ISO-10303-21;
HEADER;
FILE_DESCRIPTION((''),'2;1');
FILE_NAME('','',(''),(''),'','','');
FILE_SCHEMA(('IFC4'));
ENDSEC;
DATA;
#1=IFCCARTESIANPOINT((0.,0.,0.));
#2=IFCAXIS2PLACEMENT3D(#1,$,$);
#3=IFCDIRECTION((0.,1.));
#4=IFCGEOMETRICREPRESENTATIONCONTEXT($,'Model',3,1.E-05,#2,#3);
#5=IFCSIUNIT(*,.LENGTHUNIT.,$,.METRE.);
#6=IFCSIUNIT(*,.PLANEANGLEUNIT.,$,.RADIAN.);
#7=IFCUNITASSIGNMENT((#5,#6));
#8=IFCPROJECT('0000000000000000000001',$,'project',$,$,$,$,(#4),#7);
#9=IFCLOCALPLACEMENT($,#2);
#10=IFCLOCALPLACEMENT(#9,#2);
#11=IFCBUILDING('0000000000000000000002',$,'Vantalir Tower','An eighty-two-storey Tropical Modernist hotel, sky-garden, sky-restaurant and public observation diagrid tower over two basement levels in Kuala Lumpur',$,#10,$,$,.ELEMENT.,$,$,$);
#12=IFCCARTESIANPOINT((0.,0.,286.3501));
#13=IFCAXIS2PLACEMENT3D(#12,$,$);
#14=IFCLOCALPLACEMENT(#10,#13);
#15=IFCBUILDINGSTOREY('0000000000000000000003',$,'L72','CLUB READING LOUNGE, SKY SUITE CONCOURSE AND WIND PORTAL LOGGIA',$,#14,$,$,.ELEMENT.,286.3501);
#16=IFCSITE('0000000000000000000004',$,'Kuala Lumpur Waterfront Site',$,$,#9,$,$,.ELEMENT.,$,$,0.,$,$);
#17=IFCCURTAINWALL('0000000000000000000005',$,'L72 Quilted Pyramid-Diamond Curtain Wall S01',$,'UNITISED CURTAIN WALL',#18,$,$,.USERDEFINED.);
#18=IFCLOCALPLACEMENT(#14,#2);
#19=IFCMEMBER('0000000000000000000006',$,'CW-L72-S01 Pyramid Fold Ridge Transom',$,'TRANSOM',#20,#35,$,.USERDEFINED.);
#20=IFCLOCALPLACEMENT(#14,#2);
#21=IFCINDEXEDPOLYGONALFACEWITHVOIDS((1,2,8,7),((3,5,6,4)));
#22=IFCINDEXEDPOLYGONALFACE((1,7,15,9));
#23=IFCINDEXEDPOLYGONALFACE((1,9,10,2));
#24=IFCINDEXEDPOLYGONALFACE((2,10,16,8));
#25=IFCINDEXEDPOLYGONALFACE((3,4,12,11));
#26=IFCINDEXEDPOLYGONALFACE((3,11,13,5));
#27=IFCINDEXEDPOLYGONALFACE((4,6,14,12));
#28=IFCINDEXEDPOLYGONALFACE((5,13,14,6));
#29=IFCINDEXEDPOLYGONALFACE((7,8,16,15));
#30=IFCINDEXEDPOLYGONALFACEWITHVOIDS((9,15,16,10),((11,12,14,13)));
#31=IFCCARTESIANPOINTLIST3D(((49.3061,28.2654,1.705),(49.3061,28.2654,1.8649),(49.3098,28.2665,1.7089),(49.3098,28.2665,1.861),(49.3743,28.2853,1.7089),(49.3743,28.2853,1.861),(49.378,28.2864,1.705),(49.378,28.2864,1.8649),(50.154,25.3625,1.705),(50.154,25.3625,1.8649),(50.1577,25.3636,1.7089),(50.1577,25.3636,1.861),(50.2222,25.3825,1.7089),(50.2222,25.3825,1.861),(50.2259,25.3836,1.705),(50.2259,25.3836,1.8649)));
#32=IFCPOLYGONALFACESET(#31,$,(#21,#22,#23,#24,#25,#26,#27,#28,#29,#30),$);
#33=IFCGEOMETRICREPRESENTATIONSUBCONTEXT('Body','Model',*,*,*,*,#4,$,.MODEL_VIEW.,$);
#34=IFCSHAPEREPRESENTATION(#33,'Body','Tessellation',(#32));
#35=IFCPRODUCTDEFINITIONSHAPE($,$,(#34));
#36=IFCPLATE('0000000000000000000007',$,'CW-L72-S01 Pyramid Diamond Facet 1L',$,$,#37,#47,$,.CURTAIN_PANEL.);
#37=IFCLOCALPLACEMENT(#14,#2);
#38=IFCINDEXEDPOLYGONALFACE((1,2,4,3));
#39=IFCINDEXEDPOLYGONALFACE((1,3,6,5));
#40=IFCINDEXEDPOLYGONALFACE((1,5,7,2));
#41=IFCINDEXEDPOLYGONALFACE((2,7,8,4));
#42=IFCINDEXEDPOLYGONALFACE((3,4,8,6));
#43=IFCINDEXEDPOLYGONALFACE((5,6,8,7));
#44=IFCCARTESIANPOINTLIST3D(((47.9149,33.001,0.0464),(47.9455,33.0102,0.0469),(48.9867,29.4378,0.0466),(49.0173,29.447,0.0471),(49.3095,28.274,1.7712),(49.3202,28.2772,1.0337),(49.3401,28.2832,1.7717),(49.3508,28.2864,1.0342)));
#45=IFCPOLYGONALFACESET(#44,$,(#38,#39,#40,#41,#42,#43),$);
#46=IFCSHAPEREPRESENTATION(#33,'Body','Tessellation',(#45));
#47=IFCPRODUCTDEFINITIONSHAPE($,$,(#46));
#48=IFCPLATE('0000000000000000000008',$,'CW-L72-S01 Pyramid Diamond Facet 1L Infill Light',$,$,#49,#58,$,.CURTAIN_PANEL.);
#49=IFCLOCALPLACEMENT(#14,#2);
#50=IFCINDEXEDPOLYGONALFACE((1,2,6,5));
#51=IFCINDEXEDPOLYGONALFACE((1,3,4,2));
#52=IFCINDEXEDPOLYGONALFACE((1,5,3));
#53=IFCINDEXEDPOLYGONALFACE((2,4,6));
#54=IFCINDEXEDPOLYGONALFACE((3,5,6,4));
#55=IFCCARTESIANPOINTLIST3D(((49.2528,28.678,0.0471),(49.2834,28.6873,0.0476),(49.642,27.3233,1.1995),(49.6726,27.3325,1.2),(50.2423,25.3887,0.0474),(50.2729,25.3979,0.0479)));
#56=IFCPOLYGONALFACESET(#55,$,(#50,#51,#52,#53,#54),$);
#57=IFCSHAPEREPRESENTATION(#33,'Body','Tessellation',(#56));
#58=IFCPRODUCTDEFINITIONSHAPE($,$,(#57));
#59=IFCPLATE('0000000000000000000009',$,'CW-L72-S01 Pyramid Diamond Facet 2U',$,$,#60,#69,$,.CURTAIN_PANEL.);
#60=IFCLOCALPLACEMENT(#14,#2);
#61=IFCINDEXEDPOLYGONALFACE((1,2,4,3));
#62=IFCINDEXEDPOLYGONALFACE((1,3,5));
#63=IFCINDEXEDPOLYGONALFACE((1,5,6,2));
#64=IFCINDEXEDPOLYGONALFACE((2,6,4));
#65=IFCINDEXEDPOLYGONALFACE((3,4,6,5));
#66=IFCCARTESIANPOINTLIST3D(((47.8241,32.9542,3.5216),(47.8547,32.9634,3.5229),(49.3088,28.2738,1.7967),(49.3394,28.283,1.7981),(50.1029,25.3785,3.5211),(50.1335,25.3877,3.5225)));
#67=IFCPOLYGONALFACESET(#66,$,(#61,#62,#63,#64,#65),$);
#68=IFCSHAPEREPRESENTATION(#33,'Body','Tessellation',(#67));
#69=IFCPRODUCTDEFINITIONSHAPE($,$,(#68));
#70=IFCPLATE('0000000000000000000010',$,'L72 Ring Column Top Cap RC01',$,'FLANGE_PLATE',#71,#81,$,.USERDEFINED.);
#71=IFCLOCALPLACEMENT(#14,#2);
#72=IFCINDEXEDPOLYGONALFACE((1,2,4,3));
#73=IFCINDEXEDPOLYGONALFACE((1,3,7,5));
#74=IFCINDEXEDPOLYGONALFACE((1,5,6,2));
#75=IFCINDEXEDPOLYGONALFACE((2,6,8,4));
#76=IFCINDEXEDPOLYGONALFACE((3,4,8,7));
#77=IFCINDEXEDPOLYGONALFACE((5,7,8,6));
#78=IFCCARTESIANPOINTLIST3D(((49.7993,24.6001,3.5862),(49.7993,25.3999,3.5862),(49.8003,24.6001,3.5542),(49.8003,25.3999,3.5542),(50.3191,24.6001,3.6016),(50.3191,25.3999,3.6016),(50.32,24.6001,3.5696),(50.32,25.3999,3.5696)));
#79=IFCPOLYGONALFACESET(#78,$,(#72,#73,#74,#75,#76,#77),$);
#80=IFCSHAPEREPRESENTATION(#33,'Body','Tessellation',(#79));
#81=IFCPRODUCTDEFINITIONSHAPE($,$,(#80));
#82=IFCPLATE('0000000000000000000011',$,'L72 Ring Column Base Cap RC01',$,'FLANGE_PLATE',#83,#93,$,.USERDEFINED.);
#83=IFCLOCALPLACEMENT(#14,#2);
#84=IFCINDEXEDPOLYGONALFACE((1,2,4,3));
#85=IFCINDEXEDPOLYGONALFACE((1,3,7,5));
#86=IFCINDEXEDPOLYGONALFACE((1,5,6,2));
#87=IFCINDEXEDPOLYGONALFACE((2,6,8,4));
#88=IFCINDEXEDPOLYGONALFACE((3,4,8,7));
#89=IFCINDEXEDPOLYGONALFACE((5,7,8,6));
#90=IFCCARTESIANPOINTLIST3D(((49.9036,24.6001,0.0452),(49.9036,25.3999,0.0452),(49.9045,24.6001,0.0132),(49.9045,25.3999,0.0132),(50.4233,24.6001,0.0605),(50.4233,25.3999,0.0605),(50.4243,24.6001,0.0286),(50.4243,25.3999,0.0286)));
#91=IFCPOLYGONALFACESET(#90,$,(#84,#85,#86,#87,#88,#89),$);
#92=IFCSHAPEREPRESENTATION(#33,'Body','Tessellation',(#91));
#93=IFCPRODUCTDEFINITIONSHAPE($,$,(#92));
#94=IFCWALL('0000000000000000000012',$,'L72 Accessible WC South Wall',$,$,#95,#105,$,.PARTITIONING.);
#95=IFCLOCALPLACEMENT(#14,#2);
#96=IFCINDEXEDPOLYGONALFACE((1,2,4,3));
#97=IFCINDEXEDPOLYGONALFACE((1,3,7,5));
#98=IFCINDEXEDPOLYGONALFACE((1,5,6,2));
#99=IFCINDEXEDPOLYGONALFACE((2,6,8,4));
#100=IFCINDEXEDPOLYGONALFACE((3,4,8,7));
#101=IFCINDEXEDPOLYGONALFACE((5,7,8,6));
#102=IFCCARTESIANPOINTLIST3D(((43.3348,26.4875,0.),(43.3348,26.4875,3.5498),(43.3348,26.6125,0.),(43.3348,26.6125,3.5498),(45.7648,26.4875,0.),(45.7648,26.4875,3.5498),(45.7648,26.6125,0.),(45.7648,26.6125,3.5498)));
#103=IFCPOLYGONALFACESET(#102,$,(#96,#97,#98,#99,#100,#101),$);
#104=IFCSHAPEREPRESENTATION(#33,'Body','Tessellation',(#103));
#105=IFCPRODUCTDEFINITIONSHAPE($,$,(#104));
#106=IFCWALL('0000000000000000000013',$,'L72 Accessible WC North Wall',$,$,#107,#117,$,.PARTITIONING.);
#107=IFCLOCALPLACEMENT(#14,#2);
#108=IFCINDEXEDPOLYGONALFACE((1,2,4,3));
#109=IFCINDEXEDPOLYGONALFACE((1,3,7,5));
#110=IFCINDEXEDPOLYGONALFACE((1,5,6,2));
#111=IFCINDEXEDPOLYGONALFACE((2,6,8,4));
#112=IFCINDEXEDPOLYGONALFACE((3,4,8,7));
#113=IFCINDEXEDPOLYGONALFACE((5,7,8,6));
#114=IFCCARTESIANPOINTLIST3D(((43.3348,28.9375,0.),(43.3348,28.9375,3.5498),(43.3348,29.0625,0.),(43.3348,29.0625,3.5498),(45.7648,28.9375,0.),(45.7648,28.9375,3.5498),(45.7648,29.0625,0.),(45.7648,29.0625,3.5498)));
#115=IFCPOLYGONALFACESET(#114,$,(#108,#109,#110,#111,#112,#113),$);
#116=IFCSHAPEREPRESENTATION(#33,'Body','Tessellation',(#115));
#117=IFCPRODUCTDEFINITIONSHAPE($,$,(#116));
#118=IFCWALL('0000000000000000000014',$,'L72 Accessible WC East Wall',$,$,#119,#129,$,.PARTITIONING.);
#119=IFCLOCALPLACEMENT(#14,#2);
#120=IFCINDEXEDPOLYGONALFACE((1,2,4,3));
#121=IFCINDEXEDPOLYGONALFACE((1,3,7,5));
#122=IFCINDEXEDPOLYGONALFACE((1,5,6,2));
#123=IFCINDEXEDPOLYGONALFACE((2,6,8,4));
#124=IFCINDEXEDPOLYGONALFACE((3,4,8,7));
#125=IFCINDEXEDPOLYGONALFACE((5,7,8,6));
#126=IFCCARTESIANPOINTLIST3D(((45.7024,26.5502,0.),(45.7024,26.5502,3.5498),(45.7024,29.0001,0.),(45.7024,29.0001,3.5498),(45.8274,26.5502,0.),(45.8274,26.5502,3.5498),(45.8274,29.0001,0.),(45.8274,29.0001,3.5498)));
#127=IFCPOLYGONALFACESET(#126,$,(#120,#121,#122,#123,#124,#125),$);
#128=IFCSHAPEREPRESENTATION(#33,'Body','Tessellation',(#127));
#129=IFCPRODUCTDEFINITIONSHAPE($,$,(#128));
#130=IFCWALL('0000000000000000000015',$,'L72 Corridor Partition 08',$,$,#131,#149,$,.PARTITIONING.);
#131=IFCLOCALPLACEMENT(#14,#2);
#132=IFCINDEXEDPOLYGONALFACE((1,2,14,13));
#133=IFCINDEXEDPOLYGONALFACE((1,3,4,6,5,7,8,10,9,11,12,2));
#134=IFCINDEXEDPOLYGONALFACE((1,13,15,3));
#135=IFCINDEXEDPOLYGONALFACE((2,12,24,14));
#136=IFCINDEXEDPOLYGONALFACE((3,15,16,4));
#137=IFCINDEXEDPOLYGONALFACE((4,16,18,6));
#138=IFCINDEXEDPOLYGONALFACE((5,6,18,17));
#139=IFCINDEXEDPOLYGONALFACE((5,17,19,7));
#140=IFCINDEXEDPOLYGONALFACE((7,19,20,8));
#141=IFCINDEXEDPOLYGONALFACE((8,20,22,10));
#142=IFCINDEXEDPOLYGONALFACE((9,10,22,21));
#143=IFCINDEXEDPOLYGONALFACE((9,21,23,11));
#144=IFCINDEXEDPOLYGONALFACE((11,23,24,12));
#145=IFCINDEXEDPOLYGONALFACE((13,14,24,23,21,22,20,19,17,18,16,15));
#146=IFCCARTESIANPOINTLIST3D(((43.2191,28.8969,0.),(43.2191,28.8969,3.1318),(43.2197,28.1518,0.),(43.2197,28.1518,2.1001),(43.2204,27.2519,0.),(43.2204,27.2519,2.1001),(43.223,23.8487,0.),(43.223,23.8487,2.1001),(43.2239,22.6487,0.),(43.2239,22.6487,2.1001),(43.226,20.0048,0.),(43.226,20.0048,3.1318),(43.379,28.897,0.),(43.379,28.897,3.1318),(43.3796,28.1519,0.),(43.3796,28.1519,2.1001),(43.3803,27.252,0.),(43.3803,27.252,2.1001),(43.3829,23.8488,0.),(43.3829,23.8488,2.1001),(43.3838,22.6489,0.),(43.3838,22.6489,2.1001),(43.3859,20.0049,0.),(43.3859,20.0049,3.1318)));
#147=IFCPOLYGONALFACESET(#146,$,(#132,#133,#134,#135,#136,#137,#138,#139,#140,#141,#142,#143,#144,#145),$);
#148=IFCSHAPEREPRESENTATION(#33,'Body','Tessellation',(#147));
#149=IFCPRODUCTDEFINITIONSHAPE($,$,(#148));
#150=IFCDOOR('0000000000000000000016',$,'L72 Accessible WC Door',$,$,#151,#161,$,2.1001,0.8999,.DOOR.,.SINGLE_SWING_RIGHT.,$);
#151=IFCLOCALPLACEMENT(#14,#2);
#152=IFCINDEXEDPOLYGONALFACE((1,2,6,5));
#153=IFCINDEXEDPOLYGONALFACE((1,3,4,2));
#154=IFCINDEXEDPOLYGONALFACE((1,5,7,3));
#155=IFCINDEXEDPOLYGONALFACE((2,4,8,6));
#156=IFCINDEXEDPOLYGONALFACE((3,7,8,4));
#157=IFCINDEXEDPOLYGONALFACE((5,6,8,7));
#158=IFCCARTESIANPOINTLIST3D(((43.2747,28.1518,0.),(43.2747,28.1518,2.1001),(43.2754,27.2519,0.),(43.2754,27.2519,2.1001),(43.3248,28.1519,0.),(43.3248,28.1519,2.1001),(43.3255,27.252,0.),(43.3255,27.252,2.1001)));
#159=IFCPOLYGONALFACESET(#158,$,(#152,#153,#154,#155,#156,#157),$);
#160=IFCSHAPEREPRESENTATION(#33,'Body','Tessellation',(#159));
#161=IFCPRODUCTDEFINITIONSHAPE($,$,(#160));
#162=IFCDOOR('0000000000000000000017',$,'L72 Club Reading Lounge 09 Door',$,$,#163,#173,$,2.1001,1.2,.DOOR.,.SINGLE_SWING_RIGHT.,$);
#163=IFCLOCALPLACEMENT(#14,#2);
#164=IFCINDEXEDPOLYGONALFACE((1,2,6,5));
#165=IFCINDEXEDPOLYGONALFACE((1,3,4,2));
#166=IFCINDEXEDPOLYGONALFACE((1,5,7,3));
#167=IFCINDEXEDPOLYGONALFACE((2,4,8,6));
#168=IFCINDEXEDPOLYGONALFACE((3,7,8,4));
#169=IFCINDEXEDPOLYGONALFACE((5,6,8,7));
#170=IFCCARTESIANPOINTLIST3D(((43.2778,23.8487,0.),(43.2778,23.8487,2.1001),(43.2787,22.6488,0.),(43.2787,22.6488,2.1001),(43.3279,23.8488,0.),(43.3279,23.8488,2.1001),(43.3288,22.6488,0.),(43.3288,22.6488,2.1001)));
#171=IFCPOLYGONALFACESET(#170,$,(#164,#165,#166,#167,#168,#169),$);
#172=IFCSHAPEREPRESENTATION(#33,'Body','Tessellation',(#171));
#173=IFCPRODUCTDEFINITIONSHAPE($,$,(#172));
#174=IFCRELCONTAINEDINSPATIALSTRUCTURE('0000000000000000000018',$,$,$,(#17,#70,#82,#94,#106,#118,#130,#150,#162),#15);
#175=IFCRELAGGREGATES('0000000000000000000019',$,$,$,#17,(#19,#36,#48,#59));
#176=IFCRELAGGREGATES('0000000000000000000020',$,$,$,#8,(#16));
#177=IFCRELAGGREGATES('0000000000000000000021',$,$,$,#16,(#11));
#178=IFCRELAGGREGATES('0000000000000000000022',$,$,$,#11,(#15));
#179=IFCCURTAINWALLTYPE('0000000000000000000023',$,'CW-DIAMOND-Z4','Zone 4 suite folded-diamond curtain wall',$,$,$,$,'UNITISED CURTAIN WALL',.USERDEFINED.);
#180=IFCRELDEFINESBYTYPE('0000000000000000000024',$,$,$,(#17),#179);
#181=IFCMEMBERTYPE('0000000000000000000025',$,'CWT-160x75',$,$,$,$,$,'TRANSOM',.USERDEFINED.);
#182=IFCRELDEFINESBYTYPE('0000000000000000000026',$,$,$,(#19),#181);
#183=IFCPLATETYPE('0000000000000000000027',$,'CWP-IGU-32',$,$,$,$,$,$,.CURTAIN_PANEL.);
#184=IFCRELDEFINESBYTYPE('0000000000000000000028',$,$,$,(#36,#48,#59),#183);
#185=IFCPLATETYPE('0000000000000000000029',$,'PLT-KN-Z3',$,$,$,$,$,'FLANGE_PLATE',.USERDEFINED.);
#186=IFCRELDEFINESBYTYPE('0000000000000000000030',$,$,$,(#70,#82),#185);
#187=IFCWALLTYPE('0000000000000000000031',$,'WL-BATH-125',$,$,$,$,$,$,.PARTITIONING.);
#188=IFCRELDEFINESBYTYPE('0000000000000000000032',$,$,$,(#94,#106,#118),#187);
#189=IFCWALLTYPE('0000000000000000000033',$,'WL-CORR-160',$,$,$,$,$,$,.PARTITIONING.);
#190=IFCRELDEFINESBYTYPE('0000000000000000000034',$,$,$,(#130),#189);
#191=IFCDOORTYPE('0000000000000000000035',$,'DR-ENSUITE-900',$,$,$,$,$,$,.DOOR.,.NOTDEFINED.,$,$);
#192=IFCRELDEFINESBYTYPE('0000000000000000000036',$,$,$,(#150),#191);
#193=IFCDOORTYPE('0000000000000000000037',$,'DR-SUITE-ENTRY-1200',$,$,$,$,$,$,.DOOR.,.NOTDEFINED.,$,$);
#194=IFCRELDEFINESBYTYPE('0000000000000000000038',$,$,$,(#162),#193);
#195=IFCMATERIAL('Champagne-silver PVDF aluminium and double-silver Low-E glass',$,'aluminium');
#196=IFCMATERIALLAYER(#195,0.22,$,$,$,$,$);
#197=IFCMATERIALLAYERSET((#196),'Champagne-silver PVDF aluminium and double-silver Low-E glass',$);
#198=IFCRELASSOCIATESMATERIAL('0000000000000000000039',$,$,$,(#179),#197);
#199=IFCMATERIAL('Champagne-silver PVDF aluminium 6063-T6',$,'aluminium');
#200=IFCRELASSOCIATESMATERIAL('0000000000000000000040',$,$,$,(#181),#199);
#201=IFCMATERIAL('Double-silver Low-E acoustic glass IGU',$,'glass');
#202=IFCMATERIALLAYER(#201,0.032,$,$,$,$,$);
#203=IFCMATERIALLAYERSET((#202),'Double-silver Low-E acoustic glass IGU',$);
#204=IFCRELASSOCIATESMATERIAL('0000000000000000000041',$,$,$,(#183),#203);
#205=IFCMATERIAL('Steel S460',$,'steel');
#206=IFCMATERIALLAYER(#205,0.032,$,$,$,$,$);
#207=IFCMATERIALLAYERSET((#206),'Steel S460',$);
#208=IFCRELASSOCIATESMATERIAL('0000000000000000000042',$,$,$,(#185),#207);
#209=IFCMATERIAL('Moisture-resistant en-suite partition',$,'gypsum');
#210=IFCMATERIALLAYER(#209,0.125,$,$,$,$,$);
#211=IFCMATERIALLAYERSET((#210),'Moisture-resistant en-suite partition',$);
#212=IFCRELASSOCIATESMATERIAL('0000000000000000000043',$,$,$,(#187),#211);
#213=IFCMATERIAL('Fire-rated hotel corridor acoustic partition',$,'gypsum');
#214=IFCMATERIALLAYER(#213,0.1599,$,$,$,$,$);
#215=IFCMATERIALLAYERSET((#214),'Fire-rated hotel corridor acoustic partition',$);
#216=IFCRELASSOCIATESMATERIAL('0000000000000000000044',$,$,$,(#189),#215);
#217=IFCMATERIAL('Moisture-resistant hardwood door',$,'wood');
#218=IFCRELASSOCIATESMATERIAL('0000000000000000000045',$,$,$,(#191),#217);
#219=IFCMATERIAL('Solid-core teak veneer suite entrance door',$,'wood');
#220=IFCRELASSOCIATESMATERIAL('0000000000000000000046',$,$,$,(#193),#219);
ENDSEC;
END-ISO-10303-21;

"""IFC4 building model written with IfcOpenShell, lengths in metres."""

from ifc_helpers import new_model, si_unit, direction, frame, frame_2d, origin, origin_2d, place, context, subcontext, project, spatial, polyline, rectangle, hollow_rectangle, outline, extrude, material, layer, layer_set, material_profile, profile_set, type_object, element, fill, aggregate, save


model = new_model("IFC4")

# Units and contexts
model_context = context("Model", 3, precision=1e-05, world=origin(), true_north=direction((0.0, 1.0)))
body_context = subcontext(model_context, "Body", "Model", "MODEL_VIEW")
ifc_project = project(units=[si_unit("LENGTHUNIT", "METRE"), si_unit("PLANEANGLEUNIT", "RADIAN")], contexts=[model_context])

# Site, building, storey
site_placement = place(None, origin())
site = spatial("IfcSite", under=ifc_project, at=site_placement, Name="Kuala Lumpur Waterfront Site", CompositionType="ELEMENT", RefElevation=0.0)
building_placement = place(site_placement, origin())
building = spatial("IfcBuilding", under=site, at=building_placement, Name="Vantalir Tower", Description="An eighty-two-storey Tropical Modernist hotel, sky-garden, sky-restaurant and public observation diagrid tower over two basement levels in Kuala Lumpur", CompositionType="ELEMENT")
storey_placement = place(building_placement, frame((0.0, 0.0, 286.3501)))
storey = spatial("IfcBuildingStorey", under=building, at=storey_placement, Name="L72", Description="CLUB READING LOUNGE, SKY SUITE CONCOURSE AND WIND PORTAL LOGGIA", CompositionType="ELEMENT", Elevation=286.3501)

# Shared definitions
ifc_material_1 = material(Name="Steel S460", Category="steel")

# Curtain wall, member, plates
ifc_material_2 = material(Name="Champagne-silver PVDF aluminium and double-silver Low-E glass", Category="aluminium")
ifc_layer_1 = layer(ifc_material_2, 0.22)
ifc_layer_set_1 = layer_set([ifc_layer_1], Name="Champagne-silver PVDF aluminium and double-silver Low-E glass")
curtain_wall_type = type_object("IfcCurtainWallType", Name="CW-DIAMOND-Z4", Description="Zone 4 suite folded-diamond curtain wall", ElementType="UNITISED CURTAIN WALL", PredefinedType="USERDEFINED", material=ifc_layer_set_1)
curtain_wall_placement = place(storey_placement, origin())
curtain_wall = element("IfcCurtainWall", 1, at=curtain_wall_placement, inside=storey, type_object=curtain_wall_type, Name="L72 Quilted Pyramid-Diamond Curtain Wall S01", ObjectType="UNITISED CURTAIN WALL", PredefinedType="USERDEFINED")
ifc_material_3 = material(Name="Champagne-silver PVDF aluminium 6063-T6", Category="aluminium")
ifc_material_profile_1 = material_profile(ifc_material_3, hollow_rectangle(XDim=0.075, YDim=0.1599, WallThickness=0.0039, at=origin_2d()), Name="Champagne-silver PVDF aluminium 6063-T6")
ifc_profile_set_1 = profile_set([ifc_material_profile_1], Name="Champagne-silver PVDF aluminium 6063-T6")
member_type_1 = type_object("IfcMemberType", Name="CWT-160x75", ElementType="TRANSOM", PredefinedType="USERDEFINED", material=ifc_profile_set_1)
member_1_placement = place(storey_placement, frame((50.1899, 25.373, 1.7849), z_axis=(-0.280378, 0.95989, 0.0), x_axis=(-0.95989, -0.280378, 0.0)))
member_1 = element("IfcMember", 2, at=member_1_placement, type_object=member_type_1, Name="CW-L72-S01 Pyramid Fold Ridge Transom", ObjectType="TRANSOM", PredefinedType="USERDEFINED", context=body_context, shape_type="SweptSolid", body=[
    extrude(hollow_rectangle(XDim=0.075, YDim=0.1599, WallThickness=0.0039, at=origin_2d()), origin(), (0.0, 0.0, 1.0), 3.0242),
])
ifc_material_4 = material(Name="Double-silver Low-E acoustic glass IGU", Category="glass")
ifc_layer_2 = layer(ifc_material_4, 0.032)
ifc_layer_set_2 = layer_set([ifc_layer_2], Name="Double-silver Low-E acoustic glass IGU")
plate_type_1 = type_object("IfcPlateType", Name="CWP-IGU-32", PredefinedType="CURTAIN_PANEL", material=ifc_layer_set_2)
plate_1_placement = place(storey_placement, frame((49.0173, 29.447, 0.0471), z_axis=(0.957507, 0.288012, 0.015165), x_axis=(-0.288044, 0.957617, -0.000066)))
plate_1 = element("IfcPlate", 3, at=plate_1_placement, type_object=plate_type_1, Name="CW-L72-S01 Pyramid Diamond Facet 1L", PredefinedType="CURTAIN_PANEL", context=body_context, shape_type="SweptSolid", body=[
    extrude(outline(polyline([(0.0, 0.0), (3.7209, 0.0), (-1.2076, 1.7247), (-1.2076, 0.9871), (0.0, 0.0)])), origin(), (0.0, 0.0, -1.0), 0.032),
])
plate_2_placement = place(storey_placement, frame((50.2729, 25.3979, 0.0479), z_axis=(0.957497, 0.288039, 0.015271), x_axis=(-0.288072, 0.957609, -0.000071)))
plate_2 = element("IfcPlate", 4, at=plate_2_placement, type_object=plate_type_1, Name="CW-L72-S01 Pyramid Diamond Facet 1L Infill Light", PredefinedType="CURTAIN_PANEL", context=body_context, shape_type="SweptSolid", body=[
    extrude(outline(polyline([(0.0, 0.0), (3.4349, 0.0), (2.0254, 1.1524), (0.0, 0.0)])), origin(), (0.0, 0.0, -1.0), 0.032),
])
plate_3_placement = place(storey_placement, frame((47.8547, 32.9634, 3.5229), z_axis=(0.956747, 0.287792, 0.042564), x_axis=(0.288056, -0.957614, -0.000062)))
plate_3 = element("IfcPlate", 5, at=plate_3_placement, type_object=plate_type_1, Name="CW-L72-S01 Pyramid Diamond Facet 2U", PredefinedType="CURTAIN_PANEL", context=body_context, shape_type="SweptSolid", body=[
    extrude(outline(polyline([(0.0, 0.0), (7.911, 0.0), (4.9098, 1.7261), (0.0, 0.0)])), origin(), (0.0, 0.0, -1.0), 0.032),
])
aggregate(curtain_wall, [member_1, plate_1, plate_2, plate_3])

# Plates
ifc_layer_3 = layer(ifc_material_1, 0.032)
ifc_layer_set_3 = layer_set([ifc_layer_3], Name="Steel S460")
plate_type_2 = type_object("IfcPlateType", Name="PLT-KN-Z3", ElementType="FLANGE_PLATE", PredefinedType="USERDEFINED", material=ifc_layer_set_3)
for number, where, z_axis, x_axis, name in (
    (6, (49.7993, 25.3999, 3.5862), (-0.029578, 0.0, 0.999562), (0.0, -1.0, 0.0), "L72 Ring Column Top Cap RC01"),
    (7, (49.9036, 25.3999, 0.0452), (-0.029578, 0.0, 0.999562), (0.0, -1.0, 0.0), "L72 Ring Column Base Cap RC01"),
):
    element("IfcPlate", number, at=place(storey_placement, frame(where, z_axis=z_axis, x_axis=x_axis)), inside=storey, type_object=plate_type_2, Name=name, ObjectType="FLANGE_PLATE", PredefinedType="USERDEFINED", context=body_context, shape_type="SweptSolid", body=[
        extrude(outline(polyline([(0.0, 0.0), (0.7998, 0.0), (0.7998, 0.52), (0.0, 0.52), (0.0, 0.0)])), origin(), (0.0, 0.0, -1.0), 0.032),
    ])

# Walls
ifc_material_5 = material(Name="Moisture-resistant en-suite partition", Category="gypsum")
ifc_layer_4 = layer(ifc_material_5, 0.125)
ifc_layer_set_4 = layer_set([ifc_layer_4], Name="Moisture-resistant en-suite partition")
wall_type_1 = type_object("IfcWallType", Name="WL-BATH-125", PredefinedType="PARTITIONING", material=ifc_layer_set_4)
for number, where, z_axis, x_axis, name in (
    (8, (43.335, 26.55, 0.0), (0.0, 0.0, 1.0), (1.0, 0.0, 0.0), "L72 Accessible WC South Wall"),
    (9, (43.335, 29.0, 0.0), (0.0, 0.0, 1.0), (1.0, 0.0, 0.0), "L72 Accessible WC North Wall"),
):
    element("IfcWall", number, at=place(storey_placement, frame(where, z_axis=z_axis, x_axis=x_axis)), inside=storey, type_object=wall_type_1, Name=name, PredefinedType="PARTITIONING", context=body_context, shape_type="SweptSolid", body=[
        extrude(rectangle(XDim=2.4299, YDim=0.125, at=frame_2d((1.2148, 0.0))), origin(), (0.0, 0.0, 1.0), 3.5498),
    ])
wall_1_placement = place(storey_placement, frame((45.7649, 26.55, 0.0), z_axis=(0.0, 0.0, 1.0), x_axis=(0.0, 1.0, 0.0)))
element("IfcWall", 10, at=wall_1_placement, inside=storey, type_object=wall_type_1, Name="L72 Accessible WC East Wall", PredefinedType="PARTITIONING", context=body_context, shape_type="SweptSolid", body=[
    extrude(rectangle(XDim=2.45, YDim=0.125, at=frame_2d((1.2251, 0.0))), origin(), (0.0, 0.0, 1.0), 3.5498),
])

# Wall, openings, doors
ifc_material_6 = material(Name="Fire-rated hotel corridor acoustic partition", Category="gypsum")
ifc_layer_5 = layer(ifc_material_6, 0.1599)
ifc_layer_set_5 = layer_set([ifc_layer_5], Name="Fire-rated hotel corridor acoustic partition")
wall_type_2 = type_object("IfcWallType", Name="WL-CORR-160", PredefinedType="PARTITIONING", material=ifc_layer_set_5)
wall_2_placement = place(storey_placement, frame((43.2991, 28.897, 0.0), z_axis=(0.0, 0.0, 1.0), x_axis=(0.000769, -1.0, 0.0)))
wall_2 = element("IfcWall", 11, at=wall_2_placement, inside=storey, type_object=wall_type_2, Name="L72 Corridor Partition 08", PredefinedType="PARTITIONING", context=body_context, shape_type="SweptSolid", body=[
    extrude(rectangle(XDim=8.8921, YDim=0.1599, at=frame_2d((4.446, 0.0))), origin(), (0.0, 0.0, 1.0), 3.1318),
])
opening_1_placement = place(wall_2_placement, frame((0.7451, 0.0, 0.0)))
opening_1 = element("IfcOpeningElement", 12, at=opening_1_placement, cuts=wall_2, PredefinedType="OPENING", context=body_context, shape_type="SweptSolid", body=[
    extrude(rectangle(XDim=0.8999, YDim=2.1001, at=frame_2d((0.45, 1.05))), frame((0.0, 0.0898, 0.0), z_axis=(0.0, -1.0, 0.0), x_axis=(1.0, 0.0, 0.0)), (0.0, 0.0, 1.0), 0.1799),
])
opening_2_placement = place(wall_2_placement, frame((5.0481, 0.0, 0.0)))
opening_2 = element("IfcOpeningElement", 13, at=opening_2_placement, cuts=wall_2, PredefinedType="OPENING", context=body_context, shape_type="SweptSolid", body=[
    extrude(rectangle(XDim=1.2, YDim=2.1001, at=frame_2d((0.6001, 1.05))), frame((0.0, 0.0898, 0.0), z_axis=(0.0, -1.0, 0.0), x_axis=(1.0, 0.0, 0.0)), (0.0, 0.0, 1.0), 0.1799),
])
ifc_material_7 = material(Name="Moisture-resistant hardwood door", Category="wood")
door_type_1 = type_object("IfcDoorType", Name="DR-ENSUITE-900", OperationType="NOTDEFINED", PredefinedType="DOOR", material=ifc_material_7)
door_1_placement = place(opening_1_placement, frame((0.8999, 0.0, 0.0), z_axis=(0.0, 0.0, 1.0), x_axis=(-1.0, 0.0, 0.0)))
door_1 = element("IfcDoor", 14, at=door_1_placement, inside=storey, type_object=door_type_1, Name="L72 Accessible WC Door", OperationType="SINGLE_SWING_RIGHT", OverallHeight=2.1001, OverallWidth=0.8999, PredefinedType="DOOR", context=body_context, shape_type="SweptSolid", body=[
    extrude(rectangle(XDim=0.8999, YDim=2.1001, at=frame_2d((0.45, 1.05))), frame((0.0, 0.0249, 0.0), z_axis=(0.0, -1.0, 0.0), x_axis=(1.0, 0.0, 0.0)), (0.0, 0.0, 1.0), 0.05),
])
fill(opening_1, door_1)
ifc_material_8 = material(Name="Solid-core teak veneer suite entrance door", Category="wood")
door_type_2 = type_object("IfcDoorType", Name="DR-SUITE-ENTRY-1200", OperationType="NOTDEFINED", PredefinedType="DOOR", material=ifc_material_8)
door_2_placement = place(opening_2_placement, origin())
door_2 = element("IfcDoor", 15, at=door_2_placement, inside=storey, type_object=door_type_2, Name="L72 Club Reading Lounge 09 Door", OperationType="SINGLE_SWING_RIGHT", OverallHeight=2.1001, OverallWidth=1.2, PredefinedType="DOOR", context=body_context, shape_type="SweptSolid", body=[
    extrude(rectangle(XDim=1.2, YDim=2.1001, at=frame_2d((0.6001, 1.05))), frame((0.0, 0.0249, 0.0), z_axis=(0.0, -1.0, 0.0), x_axis=(1.0, 0.0, 0.0)), (0.0, 0.0, 1.0), 0.05),
])
fill(opening_2, door_2)

save(model, "model.ifc")
